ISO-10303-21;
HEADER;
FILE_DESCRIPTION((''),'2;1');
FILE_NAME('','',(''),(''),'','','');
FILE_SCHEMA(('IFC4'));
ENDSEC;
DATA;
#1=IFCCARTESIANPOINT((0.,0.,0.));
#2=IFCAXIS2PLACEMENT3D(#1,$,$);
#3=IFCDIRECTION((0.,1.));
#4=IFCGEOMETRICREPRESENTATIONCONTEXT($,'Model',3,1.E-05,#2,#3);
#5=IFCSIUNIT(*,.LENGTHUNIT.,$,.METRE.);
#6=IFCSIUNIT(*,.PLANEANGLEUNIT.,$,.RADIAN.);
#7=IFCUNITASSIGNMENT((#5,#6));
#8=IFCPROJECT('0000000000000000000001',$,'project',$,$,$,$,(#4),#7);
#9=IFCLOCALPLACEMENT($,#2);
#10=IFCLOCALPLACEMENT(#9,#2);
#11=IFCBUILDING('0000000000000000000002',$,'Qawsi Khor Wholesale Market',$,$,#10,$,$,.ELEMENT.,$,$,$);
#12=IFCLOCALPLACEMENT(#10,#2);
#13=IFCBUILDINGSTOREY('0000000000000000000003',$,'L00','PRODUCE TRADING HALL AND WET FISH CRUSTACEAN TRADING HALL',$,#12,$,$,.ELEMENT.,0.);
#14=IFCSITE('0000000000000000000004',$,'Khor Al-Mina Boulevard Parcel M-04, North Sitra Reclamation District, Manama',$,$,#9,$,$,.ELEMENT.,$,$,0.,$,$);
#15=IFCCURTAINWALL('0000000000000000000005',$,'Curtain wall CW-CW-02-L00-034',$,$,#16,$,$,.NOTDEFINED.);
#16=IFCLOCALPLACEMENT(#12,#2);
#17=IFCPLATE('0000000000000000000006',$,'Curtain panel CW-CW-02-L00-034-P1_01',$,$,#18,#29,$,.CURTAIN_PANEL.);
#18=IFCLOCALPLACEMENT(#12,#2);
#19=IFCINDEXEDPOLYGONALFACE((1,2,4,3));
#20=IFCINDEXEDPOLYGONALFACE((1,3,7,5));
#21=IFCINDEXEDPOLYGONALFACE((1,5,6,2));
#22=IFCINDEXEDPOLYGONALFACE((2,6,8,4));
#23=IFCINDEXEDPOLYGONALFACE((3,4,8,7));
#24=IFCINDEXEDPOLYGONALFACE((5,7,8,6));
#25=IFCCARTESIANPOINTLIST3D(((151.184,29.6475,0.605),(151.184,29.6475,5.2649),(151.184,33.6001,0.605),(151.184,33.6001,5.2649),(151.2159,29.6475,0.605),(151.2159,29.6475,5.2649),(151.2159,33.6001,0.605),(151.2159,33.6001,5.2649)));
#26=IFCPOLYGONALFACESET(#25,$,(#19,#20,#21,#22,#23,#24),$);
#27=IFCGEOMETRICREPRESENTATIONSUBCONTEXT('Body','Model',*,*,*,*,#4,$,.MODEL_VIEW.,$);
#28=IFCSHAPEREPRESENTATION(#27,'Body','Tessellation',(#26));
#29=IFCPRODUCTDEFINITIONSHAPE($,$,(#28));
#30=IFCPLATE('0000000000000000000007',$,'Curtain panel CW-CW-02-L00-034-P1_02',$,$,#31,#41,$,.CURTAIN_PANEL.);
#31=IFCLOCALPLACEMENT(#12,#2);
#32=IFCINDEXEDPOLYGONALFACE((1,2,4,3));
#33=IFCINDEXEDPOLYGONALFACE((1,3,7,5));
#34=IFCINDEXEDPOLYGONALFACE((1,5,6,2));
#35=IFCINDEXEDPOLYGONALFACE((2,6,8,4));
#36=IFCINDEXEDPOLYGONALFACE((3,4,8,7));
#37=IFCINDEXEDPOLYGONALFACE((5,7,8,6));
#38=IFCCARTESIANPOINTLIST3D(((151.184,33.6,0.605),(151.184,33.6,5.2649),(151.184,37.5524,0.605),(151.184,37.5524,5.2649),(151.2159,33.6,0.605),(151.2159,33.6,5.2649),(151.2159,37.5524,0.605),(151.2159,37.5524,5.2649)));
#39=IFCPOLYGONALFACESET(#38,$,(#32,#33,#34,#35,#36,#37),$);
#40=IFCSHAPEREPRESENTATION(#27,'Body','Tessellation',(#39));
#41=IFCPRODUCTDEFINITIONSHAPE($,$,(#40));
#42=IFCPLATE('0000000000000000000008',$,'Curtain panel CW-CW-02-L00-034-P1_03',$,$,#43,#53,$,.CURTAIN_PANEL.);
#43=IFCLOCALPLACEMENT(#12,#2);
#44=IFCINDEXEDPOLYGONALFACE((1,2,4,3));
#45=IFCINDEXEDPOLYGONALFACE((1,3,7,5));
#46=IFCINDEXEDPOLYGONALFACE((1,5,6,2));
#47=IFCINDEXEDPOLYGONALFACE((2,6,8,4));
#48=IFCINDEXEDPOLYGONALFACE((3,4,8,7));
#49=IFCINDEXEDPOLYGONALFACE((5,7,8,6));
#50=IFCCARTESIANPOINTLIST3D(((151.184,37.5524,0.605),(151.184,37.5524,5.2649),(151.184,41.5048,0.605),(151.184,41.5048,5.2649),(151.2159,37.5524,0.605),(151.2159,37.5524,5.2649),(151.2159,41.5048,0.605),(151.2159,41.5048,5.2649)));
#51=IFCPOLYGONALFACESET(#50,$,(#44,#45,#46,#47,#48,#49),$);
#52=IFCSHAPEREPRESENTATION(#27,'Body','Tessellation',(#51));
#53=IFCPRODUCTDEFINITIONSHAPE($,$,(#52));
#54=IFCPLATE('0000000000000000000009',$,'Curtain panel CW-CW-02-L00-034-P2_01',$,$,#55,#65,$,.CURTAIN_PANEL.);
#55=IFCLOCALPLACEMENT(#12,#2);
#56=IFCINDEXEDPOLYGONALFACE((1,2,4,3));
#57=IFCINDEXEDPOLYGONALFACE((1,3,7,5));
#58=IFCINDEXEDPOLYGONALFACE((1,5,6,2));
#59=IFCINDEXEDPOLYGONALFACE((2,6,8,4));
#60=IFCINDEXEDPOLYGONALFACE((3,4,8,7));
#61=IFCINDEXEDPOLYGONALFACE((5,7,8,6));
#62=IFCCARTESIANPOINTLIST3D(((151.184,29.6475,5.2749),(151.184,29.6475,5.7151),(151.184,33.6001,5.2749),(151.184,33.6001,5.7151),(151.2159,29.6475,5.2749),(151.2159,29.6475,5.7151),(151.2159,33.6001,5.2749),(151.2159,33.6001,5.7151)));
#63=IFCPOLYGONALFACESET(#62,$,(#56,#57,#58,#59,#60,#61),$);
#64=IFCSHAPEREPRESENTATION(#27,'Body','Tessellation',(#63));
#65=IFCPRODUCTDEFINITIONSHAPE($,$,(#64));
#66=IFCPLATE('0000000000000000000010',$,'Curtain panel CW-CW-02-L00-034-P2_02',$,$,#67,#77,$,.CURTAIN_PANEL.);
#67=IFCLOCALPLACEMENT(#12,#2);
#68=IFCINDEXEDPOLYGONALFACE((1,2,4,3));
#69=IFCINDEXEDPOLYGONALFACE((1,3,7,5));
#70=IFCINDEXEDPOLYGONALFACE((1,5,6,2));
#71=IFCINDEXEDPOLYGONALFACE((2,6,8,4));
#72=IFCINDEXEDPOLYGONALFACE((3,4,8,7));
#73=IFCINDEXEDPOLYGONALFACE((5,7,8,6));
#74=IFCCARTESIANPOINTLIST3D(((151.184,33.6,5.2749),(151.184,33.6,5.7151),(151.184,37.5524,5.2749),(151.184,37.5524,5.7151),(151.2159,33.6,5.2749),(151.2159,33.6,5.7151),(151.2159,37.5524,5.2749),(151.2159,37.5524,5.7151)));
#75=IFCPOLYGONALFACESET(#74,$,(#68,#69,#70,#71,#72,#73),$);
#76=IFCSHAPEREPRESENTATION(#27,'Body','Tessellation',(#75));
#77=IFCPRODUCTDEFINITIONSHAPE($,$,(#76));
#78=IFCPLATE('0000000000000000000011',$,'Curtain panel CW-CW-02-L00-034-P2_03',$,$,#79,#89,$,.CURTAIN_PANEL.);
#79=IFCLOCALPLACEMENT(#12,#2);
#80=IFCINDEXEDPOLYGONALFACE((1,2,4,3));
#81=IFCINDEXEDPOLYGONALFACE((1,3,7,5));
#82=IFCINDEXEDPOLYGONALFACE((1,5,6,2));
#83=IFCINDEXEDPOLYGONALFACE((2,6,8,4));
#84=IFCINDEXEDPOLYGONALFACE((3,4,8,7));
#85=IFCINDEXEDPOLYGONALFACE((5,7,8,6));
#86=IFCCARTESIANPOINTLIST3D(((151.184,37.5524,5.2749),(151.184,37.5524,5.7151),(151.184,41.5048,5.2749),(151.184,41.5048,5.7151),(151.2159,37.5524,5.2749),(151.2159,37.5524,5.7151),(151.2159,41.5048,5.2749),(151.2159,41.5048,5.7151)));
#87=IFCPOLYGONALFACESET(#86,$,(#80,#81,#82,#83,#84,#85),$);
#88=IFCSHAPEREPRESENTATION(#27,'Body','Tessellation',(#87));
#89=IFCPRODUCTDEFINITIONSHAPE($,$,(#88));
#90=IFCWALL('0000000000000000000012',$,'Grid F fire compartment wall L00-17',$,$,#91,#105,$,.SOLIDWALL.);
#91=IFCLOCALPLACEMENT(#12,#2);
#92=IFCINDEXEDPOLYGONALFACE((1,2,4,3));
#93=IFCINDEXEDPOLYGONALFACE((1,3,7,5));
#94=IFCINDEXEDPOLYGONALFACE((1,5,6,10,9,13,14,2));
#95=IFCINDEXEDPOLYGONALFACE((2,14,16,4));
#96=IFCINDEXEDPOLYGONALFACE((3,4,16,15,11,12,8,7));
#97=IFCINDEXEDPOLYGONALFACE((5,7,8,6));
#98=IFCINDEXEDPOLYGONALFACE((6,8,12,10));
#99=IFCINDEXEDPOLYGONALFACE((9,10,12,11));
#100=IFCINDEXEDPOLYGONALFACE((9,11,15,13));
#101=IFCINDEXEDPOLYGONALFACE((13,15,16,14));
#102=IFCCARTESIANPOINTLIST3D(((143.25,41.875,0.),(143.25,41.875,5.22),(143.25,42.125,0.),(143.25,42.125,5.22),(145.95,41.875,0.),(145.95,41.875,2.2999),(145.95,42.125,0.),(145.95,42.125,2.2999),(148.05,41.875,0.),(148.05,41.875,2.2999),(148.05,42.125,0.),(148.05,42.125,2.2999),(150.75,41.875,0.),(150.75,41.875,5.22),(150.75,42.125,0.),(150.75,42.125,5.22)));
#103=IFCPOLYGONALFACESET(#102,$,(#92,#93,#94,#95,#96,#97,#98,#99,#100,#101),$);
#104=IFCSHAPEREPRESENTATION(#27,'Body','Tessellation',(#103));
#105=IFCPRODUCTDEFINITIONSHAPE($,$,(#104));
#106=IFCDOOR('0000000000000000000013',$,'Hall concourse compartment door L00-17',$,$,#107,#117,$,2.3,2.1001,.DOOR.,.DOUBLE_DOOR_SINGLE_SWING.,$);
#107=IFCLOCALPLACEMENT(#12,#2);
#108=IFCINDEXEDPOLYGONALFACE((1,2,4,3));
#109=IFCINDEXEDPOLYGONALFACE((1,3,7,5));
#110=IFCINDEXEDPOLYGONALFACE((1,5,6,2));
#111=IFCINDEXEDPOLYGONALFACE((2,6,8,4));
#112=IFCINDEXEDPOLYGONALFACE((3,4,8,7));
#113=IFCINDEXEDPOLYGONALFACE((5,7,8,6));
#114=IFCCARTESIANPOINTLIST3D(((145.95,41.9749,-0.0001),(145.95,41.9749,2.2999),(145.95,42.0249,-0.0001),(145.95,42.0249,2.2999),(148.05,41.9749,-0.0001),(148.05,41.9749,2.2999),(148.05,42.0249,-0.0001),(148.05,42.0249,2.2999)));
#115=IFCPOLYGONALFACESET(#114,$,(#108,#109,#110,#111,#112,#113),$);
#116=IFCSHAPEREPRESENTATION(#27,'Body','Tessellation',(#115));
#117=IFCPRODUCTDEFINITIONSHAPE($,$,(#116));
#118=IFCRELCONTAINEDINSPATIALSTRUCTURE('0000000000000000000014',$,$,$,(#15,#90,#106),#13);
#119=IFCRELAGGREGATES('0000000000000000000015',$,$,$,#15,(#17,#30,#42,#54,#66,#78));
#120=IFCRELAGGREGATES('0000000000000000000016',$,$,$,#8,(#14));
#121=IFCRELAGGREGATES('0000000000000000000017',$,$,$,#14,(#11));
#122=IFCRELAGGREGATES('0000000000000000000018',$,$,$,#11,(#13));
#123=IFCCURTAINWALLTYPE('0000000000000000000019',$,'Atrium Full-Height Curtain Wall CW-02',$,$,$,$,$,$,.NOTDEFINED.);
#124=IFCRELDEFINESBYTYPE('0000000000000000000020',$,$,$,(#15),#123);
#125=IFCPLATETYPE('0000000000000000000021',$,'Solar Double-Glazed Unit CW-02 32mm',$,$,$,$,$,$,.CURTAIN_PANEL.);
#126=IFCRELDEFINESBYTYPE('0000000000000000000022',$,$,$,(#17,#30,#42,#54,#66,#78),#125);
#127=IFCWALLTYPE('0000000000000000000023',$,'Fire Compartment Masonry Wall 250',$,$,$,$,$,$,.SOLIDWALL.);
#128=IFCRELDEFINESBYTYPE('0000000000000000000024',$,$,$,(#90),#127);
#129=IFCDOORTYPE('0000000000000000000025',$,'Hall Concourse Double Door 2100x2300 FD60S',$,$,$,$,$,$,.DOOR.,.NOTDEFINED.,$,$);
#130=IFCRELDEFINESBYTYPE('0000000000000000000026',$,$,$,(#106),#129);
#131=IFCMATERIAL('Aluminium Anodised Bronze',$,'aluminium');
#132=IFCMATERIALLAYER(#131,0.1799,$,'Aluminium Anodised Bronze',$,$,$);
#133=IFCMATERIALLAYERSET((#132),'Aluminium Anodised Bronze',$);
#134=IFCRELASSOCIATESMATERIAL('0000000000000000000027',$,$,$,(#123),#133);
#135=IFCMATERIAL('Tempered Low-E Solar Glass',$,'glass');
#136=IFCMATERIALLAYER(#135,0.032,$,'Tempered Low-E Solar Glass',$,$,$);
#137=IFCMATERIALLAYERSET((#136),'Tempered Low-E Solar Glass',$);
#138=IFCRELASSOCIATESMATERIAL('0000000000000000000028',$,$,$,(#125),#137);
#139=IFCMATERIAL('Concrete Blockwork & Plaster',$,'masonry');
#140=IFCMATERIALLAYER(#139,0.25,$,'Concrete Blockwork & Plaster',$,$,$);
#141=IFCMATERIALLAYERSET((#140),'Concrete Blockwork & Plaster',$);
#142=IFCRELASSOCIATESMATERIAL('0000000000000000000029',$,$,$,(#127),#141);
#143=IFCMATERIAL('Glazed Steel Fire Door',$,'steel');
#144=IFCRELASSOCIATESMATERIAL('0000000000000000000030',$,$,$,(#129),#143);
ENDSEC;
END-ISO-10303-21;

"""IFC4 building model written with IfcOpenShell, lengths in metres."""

from ifc_helpers import new_model, si_unit, direction, frame, frame_2d, origin, place, context, subcontext, project, spatial, rectangle, extrude, material, layer, layer_set, type_object, element, fill, aggregate, save


model = new_model("IFC4")

# Units and contexts
model_context = context("Model", 3, precision=1e-05, world=origin(), true_north=direction((0.0, 1.0)))
body_context = subcontext(model_context, "Body", "Model", "MODEL_VIEW")
ifc_project = project(units=[si_unit("LENGTHUNIT", "METRE"), si_unit("PLANEANGLEUNIT", "RADIAN")], contexts=[model_context])

# Site, building, storey
site_placement = place(None, origin())
site = spatial("IfcSite", under=ifc_project, at=site_placement, Name="Khor Al-Mina Boulevard Parcel M-04, North Sitra Reclamation District, Manama", CompositionType="ELEMENT", RefElevation=0.0)
building_placement = place(site_placement, origin())
building = spatial("IfcBuilding", under=site, at=building_placement, Name="Qawsi Khor Wholesale Market", CompositionType="ELEMENT")
storey_placement = place(building_placement, origin())
storey = spatial("IfcBuildingStorey", under=building, at=storey_placement, Name="L00", Description="PRODUCE TRADING HALL AND WET FISH CRUSTACEAN TRADING HALL", CompositionType="ELEMENT", Elevation=0.0)

# Curtain wall
ifc_material_1 = material(Name="Aluminium Anodised Bronze", Category="aluminium")
ifc_layer_1 = layer(ifc_material_1, 0.1799, Name="Aluminium Anodised Bronze")
ifc_layer_set_1 = layer_set([ifc_layer_1], Name="Aluminium Anodised Bronze")
curtain_wall_type_1 = type_object("IfcCurtainWallType", Name="Atrium Full-Height Curtain Wall CW-02", PredefinedType="NOTDEFINED", material=ifc_layer_set_1)
curtain_wall_1_placement = place(storey_placement, origin())
curtain_wall_1 = element("IfcCurtainWall", 1, at=curtain_wall_1_placement, inside=storey, type_object=curtain_wall_type_1, Name="Curtain wall CW-CW-02-L00-034", PredefinedType="NOTDEFINED")

# Plates
ifc_material_2 = material(Name="Tempered Low-E Solar Glass", Category="glass")
ifc_layer_2 = layer(ifc_material_2, 0.032, Name="Tempered Low-E Solar Glass")
ifc_layer_set_2 = layer_set([ifc_layer_2], Name="Tempered Low-E Solar Glass")
plate_type_1 = type_object("IfcPlateType", Name="Solar Double-Glazed Unit CW-02 32mm", PredefinedType="CURTAIN_PANEL", material=ifc_layer_set_2)
plate_1_placement = place(storey_placement, frame((151.2, 29.6475, 0.605), z_axis=(0.0, 0.0, 1.0), x_axis=(0.0, 1.0, 0.0)))
plate_1 = element("IfcPlate", 2, at=plate_1_placement, type_object=plate_type_1, Name="Curtain panel CW-CW-02-L00-034-P1_01", PredefinedType="CURTAIN_PANEL", context=body_context, shape_type="SweptSolid", body=[
    extrude(rectangle(XDim=3.9526, YDim=0.032, at=frame_2d((1.9763, 0.0))), origin(), (0.0, 0.0, 1.0), 4.6599),
])
plate_2_placement = place(storey_placement, frame((151.2, 33.6001, 0.605), z_axis=(0.0, 0.0, 1.0), x_axis=(0.0, 1.0, 0.0)))
plate_2 = element("IfcPlate", 3, at=plate_2_placement, type_object=plate_type_1, Name="Curtain panel CW-CW-02-L00-034-P1_02", PredefinedType="CURTAIN_PANEL", context=body_context, shape_type="SweptSolid", body=[
    extrude(rectangle(XDim=3.9524, YDim=0.032, at=frame_2d((1.9761, 0.0))), origin(), (0.0, 0.0, 1.0), 4.6599),
])
plate_3_placement = place(storey_placement, frame((151.2, 37.5525, 0.605), z_axis=(0.0, 0.0, 1.0), x_axis=(0.0, 1.0, 0.0)))
plate_3 = element("IfcPlate", 4, at=plate_3_placement, type_object=plate_type_1, Name="Curtain panel CW-CW-02-L00-034-P1_03", PredefinedType="CURTAIN_PANEL", context=body_context, shape_type="SweptSolid", body=[
    extrude(rectangle(XDim=3.9524, YDim=0.032, at=frame_2d((1.9761, 0.0))), origin(), (0.0, 0.0, 1.0), 4.6599),
])
plate_4_placement = place(storey_placement, frame((151.2, 29.6475, 5.2749), z_axis=(0.0, 0.0, 1.0), x_axis=(0.0, 1.0, 0.0)))
plate_4 = element("IfcPlate", 5, at=plate_4_placement, type_object=plate_type_1, Name="Curtain panel CW-CW-02-L00-034-P2_01", PredefinedType="CURTAIN_PANEL", context=body_context, shape_type="SweptSolid", body=[
    extrude(rectangle(XDim=3.9526, YDim=0.032, at=frame_2d((1.9763, 0.0))), origin(), (0.0, 0.0, 1.0), 0.4402),
])
plate_5_placement = place(storey_placement, frame((151.2, 33.6001, 5.2749), z_axis=(0.0, 0.0, 1.0), x_axis=(0.0, 1.0, 0.0)))
plate_5 = element("IfcPlate", 6, at=plate_5_placement, type_object=plate_type_1, Name="Curtain panel CW-CW-02-L00-034-P2_02", PredefinedType="CURTAIN_PANEL", context=body_context, shape_type="SweptSolid", body=[
    extrude(rectangle(XDim=3.9524, YDim=0.032, at=frame_2d((1.9761, 0.0))), origin(), (0.0, 0.0, 1.0), 0.4402),
])
plate_6_placement = place(storey_placement, frame((151.2, 37.5525, 5.2749), z_axis=(0.0, 0.0, 1.0), x_axis=(0.0, 1.0, 0.0)))
plate_6 = element("IfcPlate", 7, at=plate_6_placement, type_object=plate_type_1, Name="Curtain panel CW-CW-02-L00-034-P2_03", PredefinedType="CURTAIN_PANEL", context=body_context, shape_type="SweptSolid", body=[
    extrude(rectangle(XDim=3.9524, YDim=0.032, at=frame_2d((1.9761, 0.0))), origin(), (0.0, 0.0, 1.0), 0.4402),
])
aggregate(curtain_wall_1, [plate_1, plate_2, plate_3, plate_4, plate_5, plate_6])

# Wall, opening, door
ifc_material_3 = material(Name="Concrete Blockwork & Plaster", Category="masonry")
ifc_layer_3 = layer(ifc_material_3, 0.25, Name="Concrete Blockwork & Plaster")
ifc_layer_set_3 = layer_set([ifc_layer_3], Name="Concrete Blockwork & Plaster")
wall_type = type_object("IfcWallType", Name="Fire Compartment Masonry Wall 250", PredefinedType="SOLIDWALL", material=ifc_layer_set_3)
wall_placement = place(storey_placement, frame((143.25, 42.0, 0.0), z_axis=(0.0, 0.0, 1.0), x_axis=(1.0, 0.0, 0.0)))
wall = element("IfcWall", 8, at=wall_placement, inside=storey, type_object=wall_type, Name="Grid F fire compartment wall L00-17", PredefinedType="SOLIDWALL", context=body_context, shape_type="SweptSolid", body=[
    extrude(rectangle(XDim=7.5, YDim=0.25, at=frame_2d((3.75, 0.0))), origin(), (0.0, 0.0, 1.0), 5.22),
])
opening_placement = place(wall_placement, frame((2.7, 0.0, 0.0)))
opening = element("IfcOpeningElement", 9, at=opening_placement, cuts=wall, PredefinedType="OPENING", context=body_context, shape_type="SweptSolid", body=[
    extrude(rectangle(XDim=2.1001, YDim=2.3, at=frame_2d((1.05, 1.1499))), frame((0.0, 0.135, 0.0), z_axis=(0.0, -1.0, 0.0), x_axis=(1.0, 0.0, 0.0)), (0.0, 0.0, 1.0), 0.27),
])
ifc_material_4 = material(Name="Glazed Steel Fire Door", Category="steel")
door_type = type_object("IfcDoorType", Name="Hall Concourse Double Door 2100x2300 FD60S", OperationType="NOTDEFINED", PredefinedType="DOOR", material=ifc_material_4)
door_placement = place(opening_placement, origin())
door = element("IfcDoor", 10, at=door_placement, inside=storey, type_object=door_type, Name="Hall concourse compartment door L00-17", OperationType="DOUBLE_DOOR_SINGLE_SWING", OverallHeight=2.3, OverallWidth=2.1001, PredefinedType="DOOR", context=body_context, shape_type="SweptSolid", body=[
    extrude(rectangle(XDim=2.1001, YDim=2.3, at=frame_2d((1.05, 1.1499))), frame((0.0, 0.0249, 0.0), z_axis=(0.0, -1.0, 0.0), x_axis=(1.0, 0.0, 0.0)), (0.0, 0.0, 1.0), 0.05),
])
fill(opening, door)

save(model, "model.ifc")
